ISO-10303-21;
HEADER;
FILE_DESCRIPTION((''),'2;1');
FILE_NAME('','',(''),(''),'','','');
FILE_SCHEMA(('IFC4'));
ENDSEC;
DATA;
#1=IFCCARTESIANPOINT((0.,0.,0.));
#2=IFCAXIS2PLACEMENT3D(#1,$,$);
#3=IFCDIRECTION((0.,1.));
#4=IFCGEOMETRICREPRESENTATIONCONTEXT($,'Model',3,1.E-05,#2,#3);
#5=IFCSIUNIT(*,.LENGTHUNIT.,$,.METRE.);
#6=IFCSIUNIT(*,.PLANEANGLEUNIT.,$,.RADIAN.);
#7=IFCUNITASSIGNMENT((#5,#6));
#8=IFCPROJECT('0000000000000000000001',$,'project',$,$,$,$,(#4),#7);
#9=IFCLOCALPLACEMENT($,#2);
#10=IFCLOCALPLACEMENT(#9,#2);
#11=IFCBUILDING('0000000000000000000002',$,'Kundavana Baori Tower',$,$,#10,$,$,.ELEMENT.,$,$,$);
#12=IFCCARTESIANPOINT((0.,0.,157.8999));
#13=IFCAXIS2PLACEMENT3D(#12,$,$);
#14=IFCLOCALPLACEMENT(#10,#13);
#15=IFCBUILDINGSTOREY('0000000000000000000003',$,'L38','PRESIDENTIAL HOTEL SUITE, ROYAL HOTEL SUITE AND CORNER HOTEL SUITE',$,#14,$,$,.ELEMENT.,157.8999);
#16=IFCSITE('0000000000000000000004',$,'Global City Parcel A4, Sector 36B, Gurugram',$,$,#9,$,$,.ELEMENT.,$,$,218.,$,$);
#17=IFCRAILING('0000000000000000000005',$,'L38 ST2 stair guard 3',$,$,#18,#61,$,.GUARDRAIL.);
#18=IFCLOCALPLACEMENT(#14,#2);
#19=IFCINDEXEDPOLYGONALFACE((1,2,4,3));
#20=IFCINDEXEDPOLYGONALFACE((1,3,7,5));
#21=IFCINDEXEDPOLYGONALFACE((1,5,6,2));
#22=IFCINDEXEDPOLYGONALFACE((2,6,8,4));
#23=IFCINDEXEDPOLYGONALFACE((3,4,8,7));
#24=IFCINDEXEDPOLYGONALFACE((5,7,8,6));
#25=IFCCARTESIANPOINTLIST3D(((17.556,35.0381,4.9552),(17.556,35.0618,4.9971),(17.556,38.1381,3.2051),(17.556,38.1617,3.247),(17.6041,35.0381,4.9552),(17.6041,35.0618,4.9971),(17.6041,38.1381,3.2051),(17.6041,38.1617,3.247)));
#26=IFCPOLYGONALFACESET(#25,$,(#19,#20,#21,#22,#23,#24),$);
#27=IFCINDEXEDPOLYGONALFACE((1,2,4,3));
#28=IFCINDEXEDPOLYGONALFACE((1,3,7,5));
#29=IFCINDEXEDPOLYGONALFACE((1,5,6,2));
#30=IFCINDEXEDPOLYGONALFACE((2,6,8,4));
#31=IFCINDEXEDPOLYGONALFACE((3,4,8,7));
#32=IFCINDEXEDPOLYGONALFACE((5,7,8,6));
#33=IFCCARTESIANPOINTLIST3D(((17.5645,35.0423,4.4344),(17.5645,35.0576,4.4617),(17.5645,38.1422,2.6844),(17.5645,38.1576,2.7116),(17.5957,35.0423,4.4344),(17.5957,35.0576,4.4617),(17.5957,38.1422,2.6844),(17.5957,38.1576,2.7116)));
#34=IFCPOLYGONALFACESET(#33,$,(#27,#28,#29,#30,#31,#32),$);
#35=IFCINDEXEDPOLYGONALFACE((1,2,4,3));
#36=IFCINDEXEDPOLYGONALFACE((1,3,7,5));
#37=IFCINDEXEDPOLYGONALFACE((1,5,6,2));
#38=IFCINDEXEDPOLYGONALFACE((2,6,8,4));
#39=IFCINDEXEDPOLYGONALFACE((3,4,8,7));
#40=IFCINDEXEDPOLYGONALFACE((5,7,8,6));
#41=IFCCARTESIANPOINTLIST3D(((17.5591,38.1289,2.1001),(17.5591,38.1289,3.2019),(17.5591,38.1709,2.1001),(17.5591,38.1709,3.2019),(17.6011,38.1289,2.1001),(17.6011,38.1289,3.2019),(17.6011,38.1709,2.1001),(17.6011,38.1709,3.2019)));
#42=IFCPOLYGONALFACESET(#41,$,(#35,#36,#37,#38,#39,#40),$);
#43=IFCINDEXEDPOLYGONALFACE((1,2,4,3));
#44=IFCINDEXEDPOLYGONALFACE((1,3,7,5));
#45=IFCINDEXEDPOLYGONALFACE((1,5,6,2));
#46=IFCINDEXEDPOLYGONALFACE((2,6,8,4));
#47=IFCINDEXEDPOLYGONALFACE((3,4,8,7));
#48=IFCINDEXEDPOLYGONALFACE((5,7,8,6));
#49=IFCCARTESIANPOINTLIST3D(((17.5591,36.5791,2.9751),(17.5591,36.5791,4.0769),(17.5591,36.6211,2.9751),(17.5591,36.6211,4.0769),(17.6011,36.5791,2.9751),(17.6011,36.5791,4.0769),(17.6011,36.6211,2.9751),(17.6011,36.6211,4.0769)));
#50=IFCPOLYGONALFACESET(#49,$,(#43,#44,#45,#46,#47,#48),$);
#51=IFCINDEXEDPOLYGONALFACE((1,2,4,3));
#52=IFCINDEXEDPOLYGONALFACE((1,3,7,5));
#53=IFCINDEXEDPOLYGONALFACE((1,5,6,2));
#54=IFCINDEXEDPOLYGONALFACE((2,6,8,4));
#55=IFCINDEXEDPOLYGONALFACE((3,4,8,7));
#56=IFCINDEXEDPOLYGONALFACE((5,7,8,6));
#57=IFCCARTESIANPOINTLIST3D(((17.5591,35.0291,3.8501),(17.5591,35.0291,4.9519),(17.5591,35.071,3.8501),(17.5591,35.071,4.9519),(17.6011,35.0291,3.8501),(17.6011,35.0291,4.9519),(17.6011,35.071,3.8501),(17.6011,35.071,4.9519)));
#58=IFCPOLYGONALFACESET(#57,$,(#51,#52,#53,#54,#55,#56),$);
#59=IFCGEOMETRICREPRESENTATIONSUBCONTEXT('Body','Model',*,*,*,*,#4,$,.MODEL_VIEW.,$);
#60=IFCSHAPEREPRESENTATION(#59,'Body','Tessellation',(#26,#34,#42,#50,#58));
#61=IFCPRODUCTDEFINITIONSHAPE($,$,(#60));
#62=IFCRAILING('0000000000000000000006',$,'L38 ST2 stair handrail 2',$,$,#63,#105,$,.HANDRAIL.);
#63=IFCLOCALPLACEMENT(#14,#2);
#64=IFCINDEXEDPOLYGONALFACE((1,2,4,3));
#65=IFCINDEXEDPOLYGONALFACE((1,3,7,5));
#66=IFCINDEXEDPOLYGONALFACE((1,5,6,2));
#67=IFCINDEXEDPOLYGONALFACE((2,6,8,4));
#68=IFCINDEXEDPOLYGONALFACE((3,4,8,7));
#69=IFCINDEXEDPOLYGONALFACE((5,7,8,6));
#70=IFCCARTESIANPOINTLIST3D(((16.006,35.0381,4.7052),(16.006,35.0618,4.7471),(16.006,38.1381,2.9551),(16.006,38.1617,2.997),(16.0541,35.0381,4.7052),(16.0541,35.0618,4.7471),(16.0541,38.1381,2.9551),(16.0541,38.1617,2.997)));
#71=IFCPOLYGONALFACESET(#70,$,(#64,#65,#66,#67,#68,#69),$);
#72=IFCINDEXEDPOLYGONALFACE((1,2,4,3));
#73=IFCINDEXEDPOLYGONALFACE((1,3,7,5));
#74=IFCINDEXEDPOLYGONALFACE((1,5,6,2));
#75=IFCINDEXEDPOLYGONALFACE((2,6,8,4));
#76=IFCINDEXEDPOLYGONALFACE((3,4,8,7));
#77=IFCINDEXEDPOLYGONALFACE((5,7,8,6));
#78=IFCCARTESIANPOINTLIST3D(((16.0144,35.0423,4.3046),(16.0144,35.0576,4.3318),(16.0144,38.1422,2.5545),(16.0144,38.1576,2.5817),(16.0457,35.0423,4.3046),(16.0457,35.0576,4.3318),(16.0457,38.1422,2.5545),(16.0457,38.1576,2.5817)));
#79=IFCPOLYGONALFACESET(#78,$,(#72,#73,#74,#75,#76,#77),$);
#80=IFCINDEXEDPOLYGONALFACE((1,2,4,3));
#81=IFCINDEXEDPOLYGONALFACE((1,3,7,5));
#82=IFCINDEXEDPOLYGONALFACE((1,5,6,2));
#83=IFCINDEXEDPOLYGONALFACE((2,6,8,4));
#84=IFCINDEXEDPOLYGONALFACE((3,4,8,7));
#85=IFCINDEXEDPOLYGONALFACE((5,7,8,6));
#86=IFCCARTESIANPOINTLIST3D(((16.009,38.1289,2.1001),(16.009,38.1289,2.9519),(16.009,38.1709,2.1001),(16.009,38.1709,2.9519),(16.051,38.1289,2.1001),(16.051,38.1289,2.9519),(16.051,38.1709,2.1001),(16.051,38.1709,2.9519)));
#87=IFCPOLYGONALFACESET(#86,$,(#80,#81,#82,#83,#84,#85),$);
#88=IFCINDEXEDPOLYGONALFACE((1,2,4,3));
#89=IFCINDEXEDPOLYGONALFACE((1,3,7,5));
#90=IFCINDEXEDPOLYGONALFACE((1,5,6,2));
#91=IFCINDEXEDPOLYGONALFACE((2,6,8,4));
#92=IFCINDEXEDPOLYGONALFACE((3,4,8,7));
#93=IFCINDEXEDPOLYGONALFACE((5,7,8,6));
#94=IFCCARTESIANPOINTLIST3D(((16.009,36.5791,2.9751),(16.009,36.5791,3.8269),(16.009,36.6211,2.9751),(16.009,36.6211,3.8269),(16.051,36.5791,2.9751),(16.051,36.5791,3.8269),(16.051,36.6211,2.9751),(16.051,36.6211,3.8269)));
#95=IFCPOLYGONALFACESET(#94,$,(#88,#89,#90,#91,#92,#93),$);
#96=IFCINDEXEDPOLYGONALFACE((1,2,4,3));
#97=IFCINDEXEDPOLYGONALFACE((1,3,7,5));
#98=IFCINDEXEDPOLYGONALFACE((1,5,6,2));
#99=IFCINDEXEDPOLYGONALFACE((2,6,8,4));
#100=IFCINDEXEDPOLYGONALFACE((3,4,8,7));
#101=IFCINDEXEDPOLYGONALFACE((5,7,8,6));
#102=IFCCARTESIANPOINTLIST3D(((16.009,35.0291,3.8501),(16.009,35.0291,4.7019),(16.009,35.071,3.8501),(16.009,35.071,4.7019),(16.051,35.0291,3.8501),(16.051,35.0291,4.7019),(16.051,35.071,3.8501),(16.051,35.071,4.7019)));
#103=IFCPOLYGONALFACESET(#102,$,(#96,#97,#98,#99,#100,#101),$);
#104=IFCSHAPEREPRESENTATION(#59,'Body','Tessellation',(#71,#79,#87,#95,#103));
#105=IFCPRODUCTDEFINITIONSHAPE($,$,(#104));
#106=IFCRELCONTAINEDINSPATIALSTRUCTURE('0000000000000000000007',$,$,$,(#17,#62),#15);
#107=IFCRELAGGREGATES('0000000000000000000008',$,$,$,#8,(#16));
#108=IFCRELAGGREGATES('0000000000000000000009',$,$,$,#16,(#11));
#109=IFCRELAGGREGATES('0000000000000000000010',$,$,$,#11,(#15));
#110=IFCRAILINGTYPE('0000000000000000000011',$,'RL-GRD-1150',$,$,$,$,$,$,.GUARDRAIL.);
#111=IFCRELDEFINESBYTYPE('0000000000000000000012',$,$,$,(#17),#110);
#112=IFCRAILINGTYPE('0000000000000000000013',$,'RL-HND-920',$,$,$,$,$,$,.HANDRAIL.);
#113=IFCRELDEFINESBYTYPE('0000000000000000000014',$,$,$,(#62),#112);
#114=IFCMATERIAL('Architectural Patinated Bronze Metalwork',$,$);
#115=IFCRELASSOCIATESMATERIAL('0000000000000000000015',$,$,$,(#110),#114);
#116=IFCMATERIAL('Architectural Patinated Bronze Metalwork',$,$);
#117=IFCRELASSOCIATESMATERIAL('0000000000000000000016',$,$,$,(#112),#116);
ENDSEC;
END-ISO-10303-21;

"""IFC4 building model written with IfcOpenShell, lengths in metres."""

from ifc_helpers import new_model, si_unit, direction, frame, origin, origin_2d, place, context, subcontext, project, spatial, rectangle, extrude, material, type_object, element, save


model = new_model("IFC4")

# Units and contexts
model_context = context("Model", 3, precision=1e-05, world=origin(), true_north=direction((0.0, 1.0)))
body_context = subcontext(model_context, "Body", "Model", "MODEL_VIEW")
ifc_project = project(units=[si_unit("LENGTHUNIT", "METRE"), si_unit("PLANEANGLEUNIT", "RADIAN")], contexts=[model_context])

# Site, building, storey
site_placement = place(None, origin())
site = spatial("IfcSite", under=ifc_project, at=site_placement, Name="Global City Parcel A4, Sector 36B, Gurugram", CompositionType="ELEMENT", RefElevation=218.0)
building_placement = place(site_placement, origin())
building = spatial("IfcBuilding", under=site, at=building_placement, Name="Kundavana Baori Tower", CompositionType="ELEMENT")
storey_placement = place(building_placement, frame((0.0, 0.0, 157.8999)))
storey = spatial("IfcBuildingStorey", under=building, at=storey_placement, Name="L38", Description="PRESIDENTIAL HOTEL SUITE, ROYAL HOTEL SUITE AND CORNER HOTEL SUITE", CompositionType="ELEMENT", Elevation=157.8999)

# Railings
ifc_material_1 = material(Name="Architectural Patinated Bronze Metalwork")
railing_type_1 = type_object("IfcRailingType", Name="RL-GRD-1150", PredefinedType="GUARDRAIL", material=ifc_material_1)
railing_1_placement = place(storey_placement, frame((17.5801, 38.1499, 2.1001)))
element("IfcRailing", 1, at=railing_1_placement, inside=storey, type_object=railing_type_1, Name="L38 ST2 stair guard 3", PredefinedType="GUARDRAIL", context=body_context, shape_type="SweptSolid", body=[
    extrude(rectangle(XDim=0.0481, YDim=0.0481, at=origin_2d()), frame((0.0, 0.0, 1.126), z_axis=(0.0, -0.870814, 0.491612), x_axis=(1.0, 0.0, 0.0)), (0.0, 0.0, 1.0), 3.5598),
    extrude(rectangle(XDim=0.0312, YDim=0.0312, at=origin_2d()), frame((0.0, 0.0, 0.5979), z_axis=(0.0, -0.870814, 0.491612), x_axis=(1.0, 0.0, 0.0)), (0.0, 0.0, 1.0), 3.5598),
    extrude(rectangle(XDim=0.042, YDim=0.042, at=origin_2d()), origin(), (0.0, 0.0, 1.0), 1.1018),
    extrude(rectangle(XDim=0.042, YDim=0.042, at=origin_2d()), frame((0.0, -1.5498, 0.875)), (0.0, 0.0, 1.0), 1.1018),
    extrude(rectangle(XDim=0.042, YDim=0.042, at=origin_2d()), frame((0.0, -3.0999, 1.75)), (0.0, 0.0, 1.0), 1.1018),
])
ifc_material_2 = material(Name="Architectural Patinated Bronze Metalwork")
railing_type_2 = type_object("IfcRailingType", Name="RL-HND-920", PredefinedType="HANDRAIL", material=ifc_material_2)
railing_2_placement = place(storey_placement, frame((16.03, 38.1499, 2.1001)))
element("IfcRailing", 2, at=railing_2_placement, inside=storey, type_object=railing_type_2, Name="L38 ST2 stair handrail 2", PredefinedType="HANDRAIL", context=body_context, shape_type="SweptSolid", body=[
    extrude(rectangle(XDim=0.0481, YDim=0.0481, at=origin_2d()), frame((0.0, 0.0, 0.876), z_axis=(0.0, -0.870814, 0.491612), x_axis=(1.0, 0.0, 0.0)), (0.0, 0.0, 1.0), 3.5598),
    extrude(rectangle(XDim=0.0312, YDim=0.0312, at=origin_2d()), frame((0.0, 0.0, 0.468), z_axis=(0.0, -0.870814, 0.491612), x_axis=(1.0, 0.0, 0.0)), (0.0, 0.0, 1.0), 3.5598),
    extrude(rectangle(XDim=0.042, YDim=0.042, at=origin_2d()), origin(), (0.0, 0.0, 1.0), 0.8518),
    extrude(rectangle(XDim=0.042, YDim=0.042, at=origin_2d()), frame((0.0, -1.5498, 0.875)), (0.0, 0.0, 1.0), 0.8518),
    extrude(rectangle(XDim=0.042, YDim=0.042, at=origin_2d()), frame((0.0, -3.0999, 1.75)), (0.0, 0.0, 1.0), 0.8518),
])

save(model, "model.ifc")
